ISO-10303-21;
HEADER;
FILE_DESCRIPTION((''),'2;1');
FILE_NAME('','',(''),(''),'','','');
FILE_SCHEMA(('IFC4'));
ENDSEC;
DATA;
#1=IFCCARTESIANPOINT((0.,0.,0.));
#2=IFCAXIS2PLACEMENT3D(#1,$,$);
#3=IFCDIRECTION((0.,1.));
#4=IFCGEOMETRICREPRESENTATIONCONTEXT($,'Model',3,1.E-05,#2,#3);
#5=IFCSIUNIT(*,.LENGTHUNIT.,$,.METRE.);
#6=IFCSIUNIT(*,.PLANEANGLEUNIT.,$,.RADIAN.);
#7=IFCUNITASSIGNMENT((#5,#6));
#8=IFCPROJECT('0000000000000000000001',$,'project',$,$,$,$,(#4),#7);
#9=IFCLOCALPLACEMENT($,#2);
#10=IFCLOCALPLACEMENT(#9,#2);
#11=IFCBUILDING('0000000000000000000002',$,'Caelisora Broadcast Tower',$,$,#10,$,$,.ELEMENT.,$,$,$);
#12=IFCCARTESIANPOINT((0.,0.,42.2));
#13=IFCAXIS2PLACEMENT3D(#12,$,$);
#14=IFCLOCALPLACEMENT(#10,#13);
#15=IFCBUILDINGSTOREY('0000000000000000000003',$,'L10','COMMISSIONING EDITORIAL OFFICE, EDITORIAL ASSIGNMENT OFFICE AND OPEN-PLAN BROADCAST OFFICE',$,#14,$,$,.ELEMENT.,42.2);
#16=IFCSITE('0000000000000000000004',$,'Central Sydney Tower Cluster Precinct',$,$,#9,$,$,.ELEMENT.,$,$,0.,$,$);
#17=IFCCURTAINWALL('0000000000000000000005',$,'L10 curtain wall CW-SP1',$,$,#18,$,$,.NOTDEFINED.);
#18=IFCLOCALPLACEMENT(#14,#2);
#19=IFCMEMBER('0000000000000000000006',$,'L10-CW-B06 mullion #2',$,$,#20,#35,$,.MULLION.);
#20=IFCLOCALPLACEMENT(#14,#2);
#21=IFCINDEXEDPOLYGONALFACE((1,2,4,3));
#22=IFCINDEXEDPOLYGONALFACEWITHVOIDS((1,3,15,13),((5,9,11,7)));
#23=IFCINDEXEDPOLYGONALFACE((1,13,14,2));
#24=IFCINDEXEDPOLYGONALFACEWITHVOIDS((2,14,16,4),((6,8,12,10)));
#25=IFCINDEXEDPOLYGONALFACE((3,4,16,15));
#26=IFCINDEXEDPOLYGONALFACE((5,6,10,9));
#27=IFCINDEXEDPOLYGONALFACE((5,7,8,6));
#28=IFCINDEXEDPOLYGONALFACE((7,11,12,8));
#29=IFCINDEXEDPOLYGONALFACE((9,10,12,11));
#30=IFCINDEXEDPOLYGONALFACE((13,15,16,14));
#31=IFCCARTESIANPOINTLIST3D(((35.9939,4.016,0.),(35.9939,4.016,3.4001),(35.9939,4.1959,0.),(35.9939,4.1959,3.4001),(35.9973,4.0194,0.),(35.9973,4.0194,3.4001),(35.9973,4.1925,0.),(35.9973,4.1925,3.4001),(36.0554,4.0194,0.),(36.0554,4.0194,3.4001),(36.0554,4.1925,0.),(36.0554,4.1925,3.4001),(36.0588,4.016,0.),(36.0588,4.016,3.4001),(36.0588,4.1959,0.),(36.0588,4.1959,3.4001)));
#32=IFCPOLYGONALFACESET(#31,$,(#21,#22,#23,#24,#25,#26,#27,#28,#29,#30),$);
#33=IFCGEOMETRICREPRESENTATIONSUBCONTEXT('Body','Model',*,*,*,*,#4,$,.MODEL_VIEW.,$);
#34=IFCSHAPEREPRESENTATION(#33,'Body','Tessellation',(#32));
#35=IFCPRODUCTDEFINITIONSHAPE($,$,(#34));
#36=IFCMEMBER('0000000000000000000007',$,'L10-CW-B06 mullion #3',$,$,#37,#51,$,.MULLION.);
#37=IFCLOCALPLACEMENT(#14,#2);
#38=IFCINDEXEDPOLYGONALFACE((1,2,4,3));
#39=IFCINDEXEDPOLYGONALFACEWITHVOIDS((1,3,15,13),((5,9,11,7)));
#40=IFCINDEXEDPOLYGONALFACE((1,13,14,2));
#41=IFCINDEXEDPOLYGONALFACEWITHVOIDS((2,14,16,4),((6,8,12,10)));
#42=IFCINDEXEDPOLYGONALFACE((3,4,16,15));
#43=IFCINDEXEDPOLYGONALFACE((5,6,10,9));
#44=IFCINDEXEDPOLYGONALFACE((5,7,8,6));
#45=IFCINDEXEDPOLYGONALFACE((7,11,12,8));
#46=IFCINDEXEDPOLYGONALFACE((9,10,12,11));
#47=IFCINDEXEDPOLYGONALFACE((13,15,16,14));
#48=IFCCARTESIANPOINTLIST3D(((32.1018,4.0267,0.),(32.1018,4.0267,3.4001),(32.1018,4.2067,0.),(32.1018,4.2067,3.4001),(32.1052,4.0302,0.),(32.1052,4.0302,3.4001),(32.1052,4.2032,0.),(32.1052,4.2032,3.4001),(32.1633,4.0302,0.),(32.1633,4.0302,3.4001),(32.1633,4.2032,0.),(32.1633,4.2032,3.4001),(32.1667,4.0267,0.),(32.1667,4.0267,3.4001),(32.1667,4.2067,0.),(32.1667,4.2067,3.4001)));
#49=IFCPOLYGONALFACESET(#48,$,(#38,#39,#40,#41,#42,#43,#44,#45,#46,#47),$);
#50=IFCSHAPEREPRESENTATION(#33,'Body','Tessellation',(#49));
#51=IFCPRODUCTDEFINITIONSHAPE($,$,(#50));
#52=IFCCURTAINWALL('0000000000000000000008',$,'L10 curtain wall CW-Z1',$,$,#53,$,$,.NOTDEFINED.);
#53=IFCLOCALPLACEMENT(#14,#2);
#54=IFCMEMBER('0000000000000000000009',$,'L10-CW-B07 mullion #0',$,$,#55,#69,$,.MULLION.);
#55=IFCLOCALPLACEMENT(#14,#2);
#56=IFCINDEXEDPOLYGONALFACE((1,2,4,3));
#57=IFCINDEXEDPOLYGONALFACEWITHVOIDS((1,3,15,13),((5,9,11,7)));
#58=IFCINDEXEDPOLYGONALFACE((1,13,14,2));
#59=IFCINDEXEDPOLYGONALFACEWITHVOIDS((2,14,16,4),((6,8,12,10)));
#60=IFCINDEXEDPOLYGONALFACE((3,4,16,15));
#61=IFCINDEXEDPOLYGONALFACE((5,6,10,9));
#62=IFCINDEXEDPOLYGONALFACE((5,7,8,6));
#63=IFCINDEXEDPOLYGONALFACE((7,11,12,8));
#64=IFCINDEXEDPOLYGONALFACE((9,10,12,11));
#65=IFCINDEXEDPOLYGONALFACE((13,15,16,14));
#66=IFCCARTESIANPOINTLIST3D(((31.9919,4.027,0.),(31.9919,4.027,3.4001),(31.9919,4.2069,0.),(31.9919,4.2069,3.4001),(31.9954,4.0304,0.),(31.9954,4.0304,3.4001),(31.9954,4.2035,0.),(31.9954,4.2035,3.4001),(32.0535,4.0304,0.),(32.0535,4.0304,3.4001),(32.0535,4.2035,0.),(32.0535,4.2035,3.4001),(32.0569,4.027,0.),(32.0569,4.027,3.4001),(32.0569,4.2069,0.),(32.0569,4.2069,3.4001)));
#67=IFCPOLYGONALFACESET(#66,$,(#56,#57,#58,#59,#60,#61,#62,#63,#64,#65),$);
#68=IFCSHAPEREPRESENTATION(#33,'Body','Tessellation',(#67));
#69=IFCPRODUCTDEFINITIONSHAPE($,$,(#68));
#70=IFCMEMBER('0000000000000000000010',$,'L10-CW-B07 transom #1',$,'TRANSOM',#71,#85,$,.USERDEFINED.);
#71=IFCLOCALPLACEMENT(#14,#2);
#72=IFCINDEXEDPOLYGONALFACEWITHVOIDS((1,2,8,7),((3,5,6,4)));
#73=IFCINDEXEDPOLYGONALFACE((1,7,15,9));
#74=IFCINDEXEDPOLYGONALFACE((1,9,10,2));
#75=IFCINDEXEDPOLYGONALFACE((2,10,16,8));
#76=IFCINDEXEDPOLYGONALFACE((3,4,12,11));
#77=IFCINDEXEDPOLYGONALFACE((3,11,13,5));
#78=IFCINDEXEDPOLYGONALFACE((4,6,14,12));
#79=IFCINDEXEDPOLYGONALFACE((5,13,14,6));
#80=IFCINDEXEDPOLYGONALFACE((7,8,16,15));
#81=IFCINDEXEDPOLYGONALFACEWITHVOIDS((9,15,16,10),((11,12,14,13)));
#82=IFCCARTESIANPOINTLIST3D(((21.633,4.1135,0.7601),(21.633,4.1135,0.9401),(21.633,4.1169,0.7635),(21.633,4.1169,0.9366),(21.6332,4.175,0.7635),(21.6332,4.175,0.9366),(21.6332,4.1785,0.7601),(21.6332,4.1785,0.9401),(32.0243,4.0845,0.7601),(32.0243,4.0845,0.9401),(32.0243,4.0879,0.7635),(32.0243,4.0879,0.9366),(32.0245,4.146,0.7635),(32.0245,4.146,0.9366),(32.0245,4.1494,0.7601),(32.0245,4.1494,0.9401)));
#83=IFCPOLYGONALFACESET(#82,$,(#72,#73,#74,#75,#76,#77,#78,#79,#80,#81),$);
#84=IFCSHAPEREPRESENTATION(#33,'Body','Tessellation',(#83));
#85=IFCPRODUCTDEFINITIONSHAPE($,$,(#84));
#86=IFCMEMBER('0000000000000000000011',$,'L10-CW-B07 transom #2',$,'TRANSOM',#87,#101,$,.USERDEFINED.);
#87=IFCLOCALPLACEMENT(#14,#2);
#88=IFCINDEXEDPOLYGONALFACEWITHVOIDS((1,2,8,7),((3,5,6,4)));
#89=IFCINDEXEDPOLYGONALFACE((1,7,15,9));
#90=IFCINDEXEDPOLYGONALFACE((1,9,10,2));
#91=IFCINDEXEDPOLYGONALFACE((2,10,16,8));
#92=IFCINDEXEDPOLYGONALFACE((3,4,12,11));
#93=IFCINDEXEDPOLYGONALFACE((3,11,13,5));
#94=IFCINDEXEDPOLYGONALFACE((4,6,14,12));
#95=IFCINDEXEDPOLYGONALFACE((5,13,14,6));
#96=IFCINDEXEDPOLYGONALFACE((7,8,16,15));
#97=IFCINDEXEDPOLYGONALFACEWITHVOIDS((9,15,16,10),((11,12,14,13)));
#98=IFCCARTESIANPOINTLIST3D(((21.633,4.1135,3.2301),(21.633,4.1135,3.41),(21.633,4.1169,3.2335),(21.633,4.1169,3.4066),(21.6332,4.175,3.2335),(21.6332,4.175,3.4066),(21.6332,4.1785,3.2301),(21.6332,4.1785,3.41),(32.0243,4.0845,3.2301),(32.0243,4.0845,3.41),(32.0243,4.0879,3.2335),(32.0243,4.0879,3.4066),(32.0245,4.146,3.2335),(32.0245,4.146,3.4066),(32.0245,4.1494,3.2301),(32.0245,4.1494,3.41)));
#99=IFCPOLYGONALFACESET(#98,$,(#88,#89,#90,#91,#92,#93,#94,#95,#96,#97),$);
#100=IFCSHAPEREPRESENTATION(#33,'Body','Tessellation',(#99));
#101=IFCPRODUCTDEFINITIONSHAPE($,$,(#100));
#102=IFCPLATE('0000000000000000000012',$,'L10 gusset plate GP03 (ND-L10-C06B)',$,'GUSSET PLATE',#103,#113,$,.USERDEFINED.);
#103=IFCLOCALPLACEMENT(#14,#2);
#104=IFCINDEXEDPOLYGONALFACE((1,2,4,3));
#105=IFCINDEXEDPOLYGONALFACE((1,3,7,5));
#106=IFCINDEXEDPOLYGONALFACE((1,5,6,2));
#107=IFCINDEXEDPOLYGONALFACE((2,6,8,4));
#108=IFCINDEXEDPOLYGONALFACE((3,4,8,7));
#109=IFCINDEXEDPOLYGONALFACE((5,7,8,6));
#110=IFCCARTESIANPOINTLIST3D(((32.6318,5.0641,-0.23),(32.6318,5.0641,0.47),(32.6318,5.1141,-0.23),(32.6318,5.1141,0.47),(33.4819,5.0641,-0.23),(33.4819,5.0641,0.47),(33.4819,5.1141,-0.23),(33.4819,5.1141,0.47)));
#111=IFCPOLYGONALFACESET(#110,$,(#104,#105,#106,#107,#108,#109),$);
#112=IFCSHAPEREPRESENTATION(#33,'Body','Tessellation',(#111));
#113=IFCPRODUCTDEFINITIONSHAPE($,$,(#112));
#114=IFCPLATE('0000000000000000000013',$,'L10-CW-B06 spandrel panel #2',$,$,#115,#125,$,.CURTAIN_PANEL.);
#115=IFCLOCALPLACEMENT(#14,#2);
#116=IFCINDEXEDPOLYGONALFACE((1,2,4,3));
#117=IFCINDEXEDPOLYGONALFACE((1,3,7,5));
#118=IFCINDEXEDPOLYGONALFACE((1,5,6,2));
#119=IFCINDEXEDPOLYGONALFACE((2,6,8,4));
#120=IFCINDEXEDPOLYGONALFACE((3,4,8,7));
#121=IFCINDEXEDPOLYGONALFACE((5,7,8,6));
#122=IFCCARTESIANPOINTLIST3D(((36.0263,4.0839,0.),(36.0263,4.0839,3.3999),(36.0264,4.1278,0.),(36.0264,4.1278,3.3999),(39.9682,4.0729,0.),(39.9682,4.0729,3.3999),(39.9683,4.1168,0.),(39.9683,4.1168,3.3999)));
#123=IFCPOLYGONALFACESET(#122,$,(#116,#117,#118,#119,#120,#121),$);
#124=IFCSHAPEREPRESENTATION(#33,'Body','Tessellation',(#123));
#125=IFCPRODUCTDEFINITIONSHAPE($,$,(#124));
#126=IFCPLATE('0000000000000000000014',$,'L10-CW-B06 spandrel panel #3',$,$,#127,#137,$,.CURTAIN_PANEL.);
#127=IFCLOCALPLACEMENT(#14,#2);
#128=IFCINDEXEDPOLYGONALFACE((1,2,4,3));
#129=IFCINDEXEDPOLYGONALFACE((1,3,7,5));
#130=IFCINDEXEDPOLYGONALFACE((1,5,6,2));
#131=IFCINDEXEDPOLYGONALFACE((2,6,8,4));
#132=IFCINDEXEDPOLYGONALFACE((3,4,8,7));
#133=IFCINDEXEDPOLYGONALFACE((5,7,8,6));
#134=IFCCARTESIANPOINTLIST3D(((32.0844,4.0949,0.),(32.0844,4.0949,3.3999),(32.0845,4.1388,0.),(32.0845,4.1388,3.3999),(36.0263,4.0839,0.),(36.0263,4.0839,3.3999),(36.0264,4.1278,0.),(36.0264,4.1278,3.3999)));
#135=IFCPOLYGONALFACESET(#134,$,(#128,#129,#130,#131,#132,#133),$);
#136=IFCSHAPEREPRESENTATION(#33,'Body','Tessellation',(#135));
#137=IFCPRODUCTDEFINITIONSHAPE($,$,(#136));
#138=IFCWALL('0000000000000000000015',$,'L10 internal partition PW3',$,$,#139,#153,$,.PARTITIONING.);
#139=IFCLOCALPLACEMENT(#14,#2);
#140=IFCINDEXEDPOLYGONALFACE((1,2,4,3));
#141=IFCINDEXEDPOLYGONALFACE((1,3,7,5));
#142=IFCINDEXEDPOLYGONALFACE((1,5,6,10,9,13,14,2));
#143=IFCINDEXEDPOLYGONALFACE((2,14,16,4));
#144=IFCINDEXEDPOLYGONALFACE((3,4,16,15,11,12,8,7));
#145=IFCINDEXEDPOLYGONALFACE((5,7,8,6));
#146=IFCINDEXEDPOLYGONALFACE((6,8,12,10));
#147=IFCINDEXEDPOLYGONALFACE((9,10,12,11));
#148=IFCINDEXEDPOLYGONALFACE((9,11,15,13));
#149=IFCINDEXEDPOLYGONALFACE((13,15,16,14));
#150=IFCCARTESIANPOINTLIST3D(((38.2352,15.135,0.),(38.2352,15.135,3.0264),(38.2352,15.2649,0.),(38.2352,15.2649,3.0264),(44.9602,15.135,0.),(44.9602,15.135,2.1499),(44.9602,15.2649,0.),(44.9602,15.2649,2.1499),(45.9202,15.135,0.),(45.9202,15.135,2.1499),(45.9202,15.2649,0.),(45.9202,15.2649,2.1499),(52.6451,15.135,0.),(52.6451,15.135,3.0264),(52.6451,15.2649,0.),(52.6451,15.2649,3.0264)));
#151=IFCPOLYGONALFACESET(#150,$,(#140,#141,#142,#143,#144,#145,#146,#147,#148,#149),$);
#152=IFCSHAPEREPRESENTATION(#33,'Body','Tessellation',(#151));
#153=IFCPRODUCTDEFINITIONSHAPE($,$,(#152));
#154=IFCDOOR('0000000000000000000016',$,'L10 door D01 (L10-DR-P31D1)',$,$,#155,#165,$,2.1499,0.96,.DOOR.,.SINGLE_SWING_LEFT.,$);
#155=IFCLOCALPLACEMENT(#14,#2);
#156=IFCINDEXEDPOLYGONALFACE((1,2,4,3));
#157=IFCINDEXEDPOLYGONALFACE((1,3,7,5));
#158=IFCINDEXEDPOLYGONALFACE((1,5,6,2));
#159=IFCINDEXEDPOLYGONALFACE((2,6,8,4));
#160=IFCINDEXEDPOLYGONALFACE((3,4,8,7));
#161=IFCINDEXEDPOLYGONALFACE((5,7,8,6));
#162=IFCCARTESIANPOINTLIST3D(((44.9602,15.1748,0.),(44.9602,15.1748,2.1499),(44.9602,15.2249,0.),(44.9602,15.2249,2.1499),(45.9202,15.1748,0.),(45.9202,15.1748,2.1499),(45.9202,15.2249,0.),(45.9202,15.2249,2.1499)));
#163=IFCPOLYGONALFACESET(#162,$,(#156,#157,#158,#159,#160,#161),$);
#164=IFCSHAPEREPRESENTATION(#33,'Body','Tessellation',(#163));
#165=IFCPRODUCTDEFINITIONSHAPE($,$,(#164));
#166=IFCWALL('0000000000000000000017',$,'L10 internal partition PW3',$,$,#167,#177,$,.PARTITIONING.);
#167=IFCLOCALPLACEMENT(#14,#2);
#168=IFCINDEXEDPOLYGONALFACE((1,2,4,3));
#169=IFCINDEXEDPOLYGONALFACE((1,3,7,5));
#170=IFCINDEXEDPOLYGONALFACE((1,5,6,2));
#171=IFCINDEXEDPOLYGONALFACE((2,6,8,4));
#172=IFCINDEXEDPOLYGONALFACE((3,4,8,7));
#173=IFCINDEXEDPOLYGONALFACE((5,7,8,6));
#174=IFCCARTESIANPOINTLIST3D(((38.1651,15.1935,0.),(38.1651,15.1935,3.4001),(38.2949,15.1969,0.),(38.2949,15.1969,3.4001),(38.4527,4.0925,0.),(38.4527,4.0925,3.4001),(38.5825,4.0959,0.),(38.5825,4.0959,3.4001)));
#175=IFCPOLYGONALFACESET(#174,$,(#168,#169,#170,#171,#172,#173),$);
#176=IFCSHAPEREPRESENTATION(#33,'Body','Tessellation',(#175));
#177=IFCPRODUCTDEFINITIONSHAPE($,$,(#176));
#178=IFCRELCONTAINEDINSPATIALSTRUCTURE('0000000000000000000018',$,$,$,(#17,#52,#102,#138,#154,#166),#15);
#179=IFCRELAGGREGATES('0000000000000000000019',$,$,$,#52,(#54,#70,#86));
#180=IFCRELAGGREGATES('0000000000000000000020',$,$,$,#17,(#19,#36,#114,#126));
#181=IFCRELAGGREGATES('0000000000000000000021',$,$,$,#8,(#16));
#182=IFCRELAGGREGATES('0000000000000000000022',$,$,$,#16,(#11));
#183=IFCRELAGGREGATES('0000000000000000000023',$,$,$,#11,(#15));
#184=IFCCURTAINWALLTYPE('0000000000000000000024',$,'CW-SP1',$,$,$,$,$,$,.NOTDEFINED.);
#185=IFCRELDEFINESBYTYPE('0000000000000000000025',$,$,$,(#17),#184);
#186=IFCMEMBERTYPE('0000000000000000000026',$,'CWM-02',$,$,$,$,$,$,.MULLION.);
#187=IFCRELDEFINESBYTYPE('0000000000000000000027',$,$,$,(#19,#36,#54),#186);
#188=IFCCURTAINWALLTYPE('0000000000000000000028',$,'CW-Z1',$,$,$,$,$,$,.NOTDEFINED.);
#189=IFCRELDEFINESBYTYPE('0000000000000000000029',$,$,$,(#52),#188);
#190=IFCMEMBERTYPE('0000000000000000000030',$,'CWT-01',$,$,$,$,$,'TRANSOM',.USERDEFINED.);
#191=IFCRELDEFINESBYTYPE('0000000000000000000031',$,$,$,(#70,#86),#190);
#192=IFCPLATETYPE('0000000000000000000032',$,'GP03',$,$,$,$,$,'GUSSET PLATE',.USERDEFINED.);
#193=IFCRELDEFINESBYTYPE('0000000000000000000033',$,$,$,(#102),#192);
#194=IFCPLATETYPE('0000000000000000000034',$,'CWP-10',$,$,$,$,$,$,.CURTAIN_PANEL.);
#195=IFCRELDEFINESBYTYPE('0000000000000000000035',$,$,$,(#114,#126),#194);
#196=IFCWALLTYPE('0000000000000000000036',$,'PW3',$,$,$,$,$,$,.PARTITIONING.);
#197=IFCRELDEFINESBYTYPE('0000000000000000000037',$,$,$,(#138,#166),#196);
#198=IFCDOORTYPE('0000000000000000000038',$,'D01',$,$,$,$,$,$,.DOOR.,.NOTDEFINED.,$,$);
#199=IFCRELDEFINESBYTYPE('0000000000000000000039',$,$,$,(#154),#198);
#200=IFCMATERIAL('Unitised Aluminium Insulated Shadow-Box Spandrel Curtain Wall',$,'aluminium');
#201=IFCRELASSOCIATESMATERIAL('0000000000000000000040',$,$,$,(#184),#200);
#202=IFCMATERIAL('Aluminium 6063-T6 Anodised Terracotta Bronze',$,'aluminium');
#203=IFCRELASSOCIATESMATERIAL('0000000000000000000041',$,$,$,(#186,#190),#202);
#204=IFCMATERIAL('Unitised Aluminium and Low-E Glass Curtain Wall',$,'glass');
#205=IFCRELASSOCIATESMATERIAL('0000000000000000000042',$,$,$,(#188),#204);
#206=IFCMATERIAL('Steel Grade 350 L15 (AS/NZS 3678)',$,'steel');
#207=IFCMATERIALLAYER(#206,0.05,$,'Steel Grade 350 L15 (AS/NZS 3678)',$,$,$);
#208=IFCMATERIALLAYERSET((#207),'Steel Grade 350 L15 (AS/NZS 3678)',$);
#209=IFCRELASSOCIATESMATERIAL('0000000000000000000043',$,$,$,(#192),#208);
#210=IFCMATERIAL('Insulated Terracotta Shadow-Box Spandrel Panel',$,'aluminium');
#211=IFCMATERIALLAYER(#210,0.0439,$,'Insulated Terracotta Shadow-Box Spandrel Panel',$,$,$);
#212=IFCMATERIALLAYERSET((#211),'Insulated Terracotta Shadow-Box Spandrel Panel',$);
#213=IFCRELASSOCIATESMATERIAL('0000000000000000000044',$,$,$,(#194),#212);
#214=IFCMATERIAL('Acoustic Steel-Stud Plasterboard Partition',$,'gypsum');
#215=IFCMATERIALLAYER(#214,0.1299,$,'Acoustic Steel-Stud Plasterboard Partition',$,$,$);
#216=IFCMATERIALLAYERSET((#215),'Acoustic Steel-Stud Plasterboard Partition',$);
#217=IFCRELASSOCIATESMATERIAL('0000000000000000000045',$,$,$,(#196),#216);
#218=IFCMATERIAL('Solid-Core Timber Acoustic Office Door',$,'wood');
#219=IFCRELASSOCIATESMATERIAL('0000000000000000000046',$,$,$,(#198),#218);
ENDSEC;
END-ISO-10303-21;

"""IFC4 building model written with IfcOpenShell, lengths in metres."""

from ifc_helpers import new_model, si_unit, direction, frame, frame_2d, origin, origin_2d, place, context, subcontext, project, spatial, rectangle, hollow_rectangle, extrude, source, transform, mapped, material, layer, layer_set, material_profile, profile_set, type_object, type_shapes, element, fill, aggregate, save


model = new_model("IFC4")

# Units and contexts
model_context = context("Model", 3, precision=1e-05, world=origin(), true_north=direction((0.0, 1.0)))
body_context = subcontext(model_context, "Body", "Model", "MODEL_VIEW")
ifc_project = project(units=[si_unit("LENGTHUNIT", "METRE"), si_unit("PLANEANGLEUNIT", "RADIAN")], contexts=[model_context])

# Site, building, storey
site_placement = place(None, origin())
site = spatial("IfcSite", under=ifc_project, at=site_placement, Name="Central Sydney Tower Cluster Precinct", CompositionType="ELEMENT", RefElevation=0.0)
building_placement = place(site_placement, origin())
building = spatial("IfcBuilding", under=site, at=building_placement, Name="Caelisora Broadcast Tower", CompositionType="ELEMENT")
storey_placement = place(building_placement, frame((0.0, 0.0, 42.2)))
storey = spatial("IfcBuildingStorey", under=building, at=storey_placement, Name="L10", Description="COMMISSIONING EDITORIAL OFFICE, EDITORIAL ASSIGNMENT OFFICE AND OPEN-PLAN BROADCAST OFFICE", CompositionType="ELEMENT", Elevation=42.2)

# Shared definitions
ifc_material_1 = material(Name="Steel Grade 350 L15 (AS/NZS 3678)", Category="steel")

# Curtain walls, members
ifc_material_2 = material(Name="Unitised Aluminium Insulated Shadow-Box Spandrel Curtain Wall", Category="aluminium")
curtain_wall_type_1 = type_object("IfcCurtainWallType", Name="CW-SP1", PredefinedType="NOTDEFINED", material=ifc_material_2)
curtain_wall_1_placement = place(storey_placement, origin())
curtain_wall_1 = element("IfcCurtainWall", 1, at=curtain_wall_1_placement, inside=storey, type_object=curtain_wall_type_1, Name="L10 curtain wall CW-SP1", PredefinedType="NOTDEFINED")
ifc_material_3 = material(Name="Aluminium 6063-T6 Anodised Terracotta Bronze", Category="aluminium")
ifc_material_profile_1 = material_profile(ifc_material_3, hollow_rectangle(XDim=0.0649, YDim=0.1799, WallThickness=0.0034, at=origin_2d()), Name="Aluminium 6063-T6 Anodised Terracotta Bronze")
ifc_profile_set_1 = profile_set([ifc_material_profile_1], Name="Aluminium 6063-T6 Anodised Terracotta Bronze")
member_type_1 = type_object("IfcMemberType", Name="CWM-02", PredefinedType="MULLION", material=ifc_profile_set_1)
shared_shape_1 = source(origin(), body_context, "Body", "SweptSolid", [
    extrude(hollow_rectangle(XDim=0.0649, YDim=0.1799, WallThickness=0.0034, at=origin_2d()), origin(), (0.0, 0.0, 1.0), 3.4001),
])
type_shapes(member_type_1, [shared_shape_1])
member_1_placement = place(storey_placement, frame((36.0264, 4.106, 0.0), z_axis=(0.0, 0.0, 1.0), x_axis=(1.0, 0.0, 0.0)))
member_1 = element("IfcMember", 2, at=member_1_placement, type_object=member_type_1, Name="L10-CW-B06 mullion #2", PredefinedType="MULLION", context=body_context, shape_type="MappedRepresentation", body=[
    mapped(shared_shape_1, transform((0.0, 0.0, 0.0), scale=1.0)),
])
member_2_placement = place(storey_placement, frame((32.1343, 4.1167, 0.0), z_axis=(0.0, 0.0, 1.0), x_axis=(1.0, 0.0, 0.0)))
member_2 = element("IfcMember", 3, at=member_2_placement, type_object=member_type_1, Name="L10-CW-B06 mullion #3", PredefinedType="MULLION", context=body_context, shape_type="MappedRepresentation", body=[
    mapped(shared_shape_1, transform((0.0, 0.0, 0.0), scale=1.0)),
])
ifc_material_4 = material(Name="Unitised Aluminium and Low-E Glass Curtain Wall", Category="glass")
curtain_wall_type_2 = type_object("IfcCurtainWallType", Name="CW-Z1", PredefinedType="NOTDEFINED", material=ifc_material_4)
curtain_wall_2_placement = place(storey_placement, origin())
curtain_wall_2 = element("IfcCurtainWall", 4, at=curtain_wall_2_placement, inside=storey, type_object=curtain_wall_type_2, Name="L10 curtain wall CW-Z1", PredefinedType="NOTDEFINED")
member_3_placement = place(storey_placement, frame((32.0244, 4.1169, 0.0), z_axis=(0.0, 0.0, 1.0), x_axis=(1.0, 0.0, 0.0)))
member_3 = element("IfcMember", 5, at=member_3_placement, type_object=member_type_1, Name="L10-CW-B07 mullion #0", PredefinedType="MULLION", context=body_context, shape_type="MappedRepresentation", body=[
    mapped(shared_shape_1, transform((0.0, 0.0, 0.0), scale=1.0)),
])
ifc_material_profile_2 = material_profile(ifc_material_3, hollow_rectangle(XDim=0.0649, YDim=0.1799, WallThickness=0.0034, at=origin_2d()), Name="Aluminium 6063-T6 Anodised Terracotta Bronze")
ifc_profile_set_2 = profile_set([ifc_material_profile_2], Name="Aluminium 6063-T6 Anodised Terracotta Bronze")
member_type_2 = type_object("IfcMemberType", Name="CWT-01", ElementType="TRANSOM", PredefinedType="USERDEFINED", material=ifc_profile_set_2)
shared_shape_2 = source(origin(), body_context, "Body", "SweptSolid", [
    extrude(hollow_rectangle(XDim=0.0649, YDim=0.1799, WallThickness=0.0034, at=origin_2d()), origin(), (0.0, 0.0, 1.0), 10.3914),
])
type_shapes(member_type_2, [shared_shape_2])
member_4_placement = place(storey_placement, frame((32.0244, 4.1169, 0.8501), z_axis=(-0.999996, 0.002796, 0.0), x_axis=(-0.002796, -0.999996, 0.0)))
member_4 = element("IfcMember", 6, at=member_4_placement, type_object=member_type_2, Name="L10-CW-B07 transom #1", ObjectType="TRANSOM", PredefinedType="USERDEFINED", context=body_context, shape_type="MappedRepresentation", body=[
    mapped(shared_shape_2, transform((0.0, 0.0, 0.0), scale=1.0)),
])
member_5_placement = place(storey_placement, frame((32.0244, 4.1169, 3.3201), z_axis=(-0.999996, 0.002796, 0.0), x_axis=(-0.002796, -0.999996, 0.0)))
member_5 = element("IfcMember", 7, at=member_5_placement, type_object=member_type_2, Name="L10-CW-B07 transom #2", ObjectType="TRANSOM", PredefinedType="USERDEFINED", context=body_context, shape_type="MappedRepresentation", body=[
    mapped(shared_shape_2, transform((0.0, 0.0, 0.0), scale=1.0)),
])
aggregate(curtain_wall_2, [member_3, member_4, member_5])

# Plates
ifc_layer_1 = layer(ifc_material_1, 0.05, Name="Steel Grade 350 L15 (AS/NZS 3678)")
ifc_layer_set_1 = layer_set([ifc_layer_1], Name="Steel Grade 350 L15 (AS/NZS 3678)")
plate_type_1 = type_object("IfcPlateType", Name="GP03", ElementType="GUSSET PLATE", PredefinedType="USERDEFINED", material=ifc_layer_set_1)
shared_shape_3 = source(origin(), body_context, "Body", "SweptSolid", [
    extrude(rectangle(XDim=0.8501, YDim=0.05, at=origin_2d()), origin(), (0.0, 0.0, 1.0), 0.7),
])
type_shapes(plate_type_1, [shared_shape_3])
plate_1_placement = place(storey_placement, frame((33.0569, 5.0891, -0.23), z_axis=(0.0, 0.0, 1.0), x_axis=(1.0, 0.0, 0.0)))
element("IfcPlate", 8, at=plate_1_placement, inside=storey, type_object=plate_type_1, Name="L10 gusset plate GP03 (ND-L10-C06B)", ObjectType="GUSSET PLATE", PredefinedType="USERDEFINED", context=body_context, shape_type="MappedRepresentation", body=[
    mapped(shared_shape_3, transform((0.0, 0.0, 0.0), scale=1.0)),
])
ifc_material_5 = material(Name="Insulated Terracotta Shadow-Box Spandrel Panel", Category="aluminium")
ifc_layer_2 = layer(ifc_material_5, 0.0439, Name="Insulated Terracotta Shadow-Box Spandrel Panel")
ifc_layer_set_2 = layer_set([ifc_layer_2], Name="Insulated Terracotta Shadow-Box Spandrel Panel")
plate_type_2 = type_object("IfcPlateType", Name="CWP-10", PredefinedType="CURTAIN_PANEL", material=ifc_layer_set_2)
shared_shape_4 = source(origin(), body_context, "Body", "SweptSolid", [
    extrude(rectangle(XDim=3.9419, YDim=0.0439, at=origin_2d()), origin(), (0.0, 0.0, 1.0), 3.3999),
])
type_shapes(plate_type_2, [shared_shape_4])
plate_2_placement = place(storey_placement, frame((37.9973, 4.1003, 0.0), z_axis=(0.0, 0.0, 1.0), x_axis=(-0.999996, 0.002793, 0.0)))
plate_2 = element("IfcPlate", 9, at=plate_2_placement, type_object=plate_type_2, Name="L10-CW-B06 spandrel panel #2", PredefinedType="CURTAIN_PANEL", context=body_context, shape_type="MappedRepresentation", body=[
    mapped(shared_shape_4, transform((0.0, 0.0, 0.0), scale=1.0)),
])
plate_3_placement = place(storey_placement, frame((34.0554, 4.1113, 0.0), z_axis=(0.0, 0.0, 1.0), x_axis=(-0.999996, 0.002793, 0.0)))
plate_3 = element("IfcPlate", 10, at=plate_3_placement, type_object=plate_type_2, Name="L10-CW-B06 spandrel panel #3", PredefinedType="CURTAIN_PANEL", context=body_context, shape_type="MappedRepresentation", body=[
    mapped(shared_shape_4, transform((0.0, 0.0, 0.0), scale=1.0)),
])
aggregate(curtain_wall_1, [member_1, member_2, plate_2, plate_3])

# Wall, opening, door
ifc_material_6 = material(Name="Acoustic Steel-Stud Plasterboard Partition", Category="gypsum")
ifc_layer_3 = layer(ifc_material_6, 0.1299, Name="Acoustic Steel-Stud Plasterboard Partition")
ifc_layer_set_3 = layer_set([ifc_layer_3], Name="Acoustic Steel-Stud Plasterboard Partition")
wall_type_1 = type_object("IfcWallType", Name="PW3", PredefinedType="PARTITIONING", material=ifc_layer_set_3)
wall_1_placement = place(storey_placement, frame((38.2351, 15.2, 0.0), z_axis=(0.0, 0.0, 1.0), x_axis=(1.0, 0.0, 0.0)))
wall_1 = element("IfcWall", 11, at=wall_1_placement, inside=storey, type_object=wall_type_1, Name="L10 internal partition PW3", PredefinedType="PARTITIONING", context=body_context, shape_type="SweptSolid", body=[
    extrude(rectangle(XDim=14.4099, YDim=0.1299, at=frame_2d((7.2051, 0.0))), origin(), (0.0, 0.0, 1.0), 3.0264),
])
opening_1_placement = place(wall_1_placement, frame((6.7251, 0.0, 0.0)))
opening_1 = element("IfcOpeningElement", 12, at=opening_1_placement, cuts=wall_1, PredefinedType="OPENING", context=body_context, shape_type="SweptSolid", body=[
    extrude(rectangle(XDim=0.96, YDim=2.1499, at=frame_2d((0.48, 1.075))), frame((0.0, 0.0769, 0.0), z_axis=(0.0, -1.0, 0.0), x_axis=(1.0, 0.0, 0.0)), (0.0, 0.0, 1.0), 0.1538),
])
ifc_material_7 = material(Name="Solid-Core Timber Acoustic Office Door", Category="wood")
door_type_1 = type_object("IfcDoorType", Name="D01", OperationType="NOTDEFINED", PredefinedType="DOOR", material=ifc_material_7)
door_1_placement = place(opening_1_placement, origin())
door_1 = element("IfcDoor", 13, at=door_1_placement, inside=storey, type_object=door_type_1, Name="L10 door D01 (L10-DR-P31D1)", OperationType="SINGLE_SWING_LEFT", OverallHeight=2.1499, OverallWidth=0.96, PredefinedType="DOOR", context=body_context, shape_type="SweptSolid", body=[
    extrude(rectangle(XDim=0.96, YDim=2.1499, at=frame_2d((0.48, 1.075))), frame((0.0, 0.0249, 0.0), z_axis=(0.0, -1.0, 0.0), x_axis=(1.0, 0.0, 0.0)), (0.0, 0.0, 1.0), 0.05),
])
fill(opening_1, door_1)

# Wall
wall_2_placement = place(storey_placement, frame((38.23, 15.1951, 0.0), z_axis=(0.0, 0.0, 1.0), x_axis=(0.025899, -0.999665, 0.0)))
element("IfcWall", 14, at=wall_2_placement, inside=storey, type_object=wall_type_1, Name="L10 internal partition PW3", PredefinedType="PARTITIONING", context=body_context, shape_type="SweptSolid", body=[
    extrude(rectangle(XDim=11.1047, YDim=0.1299, at=frame_2d((5.5522, 0.0))), origin(), (0.0, 0.0, 1.0), 3.4001),
])

save(model, "model.ifc")
